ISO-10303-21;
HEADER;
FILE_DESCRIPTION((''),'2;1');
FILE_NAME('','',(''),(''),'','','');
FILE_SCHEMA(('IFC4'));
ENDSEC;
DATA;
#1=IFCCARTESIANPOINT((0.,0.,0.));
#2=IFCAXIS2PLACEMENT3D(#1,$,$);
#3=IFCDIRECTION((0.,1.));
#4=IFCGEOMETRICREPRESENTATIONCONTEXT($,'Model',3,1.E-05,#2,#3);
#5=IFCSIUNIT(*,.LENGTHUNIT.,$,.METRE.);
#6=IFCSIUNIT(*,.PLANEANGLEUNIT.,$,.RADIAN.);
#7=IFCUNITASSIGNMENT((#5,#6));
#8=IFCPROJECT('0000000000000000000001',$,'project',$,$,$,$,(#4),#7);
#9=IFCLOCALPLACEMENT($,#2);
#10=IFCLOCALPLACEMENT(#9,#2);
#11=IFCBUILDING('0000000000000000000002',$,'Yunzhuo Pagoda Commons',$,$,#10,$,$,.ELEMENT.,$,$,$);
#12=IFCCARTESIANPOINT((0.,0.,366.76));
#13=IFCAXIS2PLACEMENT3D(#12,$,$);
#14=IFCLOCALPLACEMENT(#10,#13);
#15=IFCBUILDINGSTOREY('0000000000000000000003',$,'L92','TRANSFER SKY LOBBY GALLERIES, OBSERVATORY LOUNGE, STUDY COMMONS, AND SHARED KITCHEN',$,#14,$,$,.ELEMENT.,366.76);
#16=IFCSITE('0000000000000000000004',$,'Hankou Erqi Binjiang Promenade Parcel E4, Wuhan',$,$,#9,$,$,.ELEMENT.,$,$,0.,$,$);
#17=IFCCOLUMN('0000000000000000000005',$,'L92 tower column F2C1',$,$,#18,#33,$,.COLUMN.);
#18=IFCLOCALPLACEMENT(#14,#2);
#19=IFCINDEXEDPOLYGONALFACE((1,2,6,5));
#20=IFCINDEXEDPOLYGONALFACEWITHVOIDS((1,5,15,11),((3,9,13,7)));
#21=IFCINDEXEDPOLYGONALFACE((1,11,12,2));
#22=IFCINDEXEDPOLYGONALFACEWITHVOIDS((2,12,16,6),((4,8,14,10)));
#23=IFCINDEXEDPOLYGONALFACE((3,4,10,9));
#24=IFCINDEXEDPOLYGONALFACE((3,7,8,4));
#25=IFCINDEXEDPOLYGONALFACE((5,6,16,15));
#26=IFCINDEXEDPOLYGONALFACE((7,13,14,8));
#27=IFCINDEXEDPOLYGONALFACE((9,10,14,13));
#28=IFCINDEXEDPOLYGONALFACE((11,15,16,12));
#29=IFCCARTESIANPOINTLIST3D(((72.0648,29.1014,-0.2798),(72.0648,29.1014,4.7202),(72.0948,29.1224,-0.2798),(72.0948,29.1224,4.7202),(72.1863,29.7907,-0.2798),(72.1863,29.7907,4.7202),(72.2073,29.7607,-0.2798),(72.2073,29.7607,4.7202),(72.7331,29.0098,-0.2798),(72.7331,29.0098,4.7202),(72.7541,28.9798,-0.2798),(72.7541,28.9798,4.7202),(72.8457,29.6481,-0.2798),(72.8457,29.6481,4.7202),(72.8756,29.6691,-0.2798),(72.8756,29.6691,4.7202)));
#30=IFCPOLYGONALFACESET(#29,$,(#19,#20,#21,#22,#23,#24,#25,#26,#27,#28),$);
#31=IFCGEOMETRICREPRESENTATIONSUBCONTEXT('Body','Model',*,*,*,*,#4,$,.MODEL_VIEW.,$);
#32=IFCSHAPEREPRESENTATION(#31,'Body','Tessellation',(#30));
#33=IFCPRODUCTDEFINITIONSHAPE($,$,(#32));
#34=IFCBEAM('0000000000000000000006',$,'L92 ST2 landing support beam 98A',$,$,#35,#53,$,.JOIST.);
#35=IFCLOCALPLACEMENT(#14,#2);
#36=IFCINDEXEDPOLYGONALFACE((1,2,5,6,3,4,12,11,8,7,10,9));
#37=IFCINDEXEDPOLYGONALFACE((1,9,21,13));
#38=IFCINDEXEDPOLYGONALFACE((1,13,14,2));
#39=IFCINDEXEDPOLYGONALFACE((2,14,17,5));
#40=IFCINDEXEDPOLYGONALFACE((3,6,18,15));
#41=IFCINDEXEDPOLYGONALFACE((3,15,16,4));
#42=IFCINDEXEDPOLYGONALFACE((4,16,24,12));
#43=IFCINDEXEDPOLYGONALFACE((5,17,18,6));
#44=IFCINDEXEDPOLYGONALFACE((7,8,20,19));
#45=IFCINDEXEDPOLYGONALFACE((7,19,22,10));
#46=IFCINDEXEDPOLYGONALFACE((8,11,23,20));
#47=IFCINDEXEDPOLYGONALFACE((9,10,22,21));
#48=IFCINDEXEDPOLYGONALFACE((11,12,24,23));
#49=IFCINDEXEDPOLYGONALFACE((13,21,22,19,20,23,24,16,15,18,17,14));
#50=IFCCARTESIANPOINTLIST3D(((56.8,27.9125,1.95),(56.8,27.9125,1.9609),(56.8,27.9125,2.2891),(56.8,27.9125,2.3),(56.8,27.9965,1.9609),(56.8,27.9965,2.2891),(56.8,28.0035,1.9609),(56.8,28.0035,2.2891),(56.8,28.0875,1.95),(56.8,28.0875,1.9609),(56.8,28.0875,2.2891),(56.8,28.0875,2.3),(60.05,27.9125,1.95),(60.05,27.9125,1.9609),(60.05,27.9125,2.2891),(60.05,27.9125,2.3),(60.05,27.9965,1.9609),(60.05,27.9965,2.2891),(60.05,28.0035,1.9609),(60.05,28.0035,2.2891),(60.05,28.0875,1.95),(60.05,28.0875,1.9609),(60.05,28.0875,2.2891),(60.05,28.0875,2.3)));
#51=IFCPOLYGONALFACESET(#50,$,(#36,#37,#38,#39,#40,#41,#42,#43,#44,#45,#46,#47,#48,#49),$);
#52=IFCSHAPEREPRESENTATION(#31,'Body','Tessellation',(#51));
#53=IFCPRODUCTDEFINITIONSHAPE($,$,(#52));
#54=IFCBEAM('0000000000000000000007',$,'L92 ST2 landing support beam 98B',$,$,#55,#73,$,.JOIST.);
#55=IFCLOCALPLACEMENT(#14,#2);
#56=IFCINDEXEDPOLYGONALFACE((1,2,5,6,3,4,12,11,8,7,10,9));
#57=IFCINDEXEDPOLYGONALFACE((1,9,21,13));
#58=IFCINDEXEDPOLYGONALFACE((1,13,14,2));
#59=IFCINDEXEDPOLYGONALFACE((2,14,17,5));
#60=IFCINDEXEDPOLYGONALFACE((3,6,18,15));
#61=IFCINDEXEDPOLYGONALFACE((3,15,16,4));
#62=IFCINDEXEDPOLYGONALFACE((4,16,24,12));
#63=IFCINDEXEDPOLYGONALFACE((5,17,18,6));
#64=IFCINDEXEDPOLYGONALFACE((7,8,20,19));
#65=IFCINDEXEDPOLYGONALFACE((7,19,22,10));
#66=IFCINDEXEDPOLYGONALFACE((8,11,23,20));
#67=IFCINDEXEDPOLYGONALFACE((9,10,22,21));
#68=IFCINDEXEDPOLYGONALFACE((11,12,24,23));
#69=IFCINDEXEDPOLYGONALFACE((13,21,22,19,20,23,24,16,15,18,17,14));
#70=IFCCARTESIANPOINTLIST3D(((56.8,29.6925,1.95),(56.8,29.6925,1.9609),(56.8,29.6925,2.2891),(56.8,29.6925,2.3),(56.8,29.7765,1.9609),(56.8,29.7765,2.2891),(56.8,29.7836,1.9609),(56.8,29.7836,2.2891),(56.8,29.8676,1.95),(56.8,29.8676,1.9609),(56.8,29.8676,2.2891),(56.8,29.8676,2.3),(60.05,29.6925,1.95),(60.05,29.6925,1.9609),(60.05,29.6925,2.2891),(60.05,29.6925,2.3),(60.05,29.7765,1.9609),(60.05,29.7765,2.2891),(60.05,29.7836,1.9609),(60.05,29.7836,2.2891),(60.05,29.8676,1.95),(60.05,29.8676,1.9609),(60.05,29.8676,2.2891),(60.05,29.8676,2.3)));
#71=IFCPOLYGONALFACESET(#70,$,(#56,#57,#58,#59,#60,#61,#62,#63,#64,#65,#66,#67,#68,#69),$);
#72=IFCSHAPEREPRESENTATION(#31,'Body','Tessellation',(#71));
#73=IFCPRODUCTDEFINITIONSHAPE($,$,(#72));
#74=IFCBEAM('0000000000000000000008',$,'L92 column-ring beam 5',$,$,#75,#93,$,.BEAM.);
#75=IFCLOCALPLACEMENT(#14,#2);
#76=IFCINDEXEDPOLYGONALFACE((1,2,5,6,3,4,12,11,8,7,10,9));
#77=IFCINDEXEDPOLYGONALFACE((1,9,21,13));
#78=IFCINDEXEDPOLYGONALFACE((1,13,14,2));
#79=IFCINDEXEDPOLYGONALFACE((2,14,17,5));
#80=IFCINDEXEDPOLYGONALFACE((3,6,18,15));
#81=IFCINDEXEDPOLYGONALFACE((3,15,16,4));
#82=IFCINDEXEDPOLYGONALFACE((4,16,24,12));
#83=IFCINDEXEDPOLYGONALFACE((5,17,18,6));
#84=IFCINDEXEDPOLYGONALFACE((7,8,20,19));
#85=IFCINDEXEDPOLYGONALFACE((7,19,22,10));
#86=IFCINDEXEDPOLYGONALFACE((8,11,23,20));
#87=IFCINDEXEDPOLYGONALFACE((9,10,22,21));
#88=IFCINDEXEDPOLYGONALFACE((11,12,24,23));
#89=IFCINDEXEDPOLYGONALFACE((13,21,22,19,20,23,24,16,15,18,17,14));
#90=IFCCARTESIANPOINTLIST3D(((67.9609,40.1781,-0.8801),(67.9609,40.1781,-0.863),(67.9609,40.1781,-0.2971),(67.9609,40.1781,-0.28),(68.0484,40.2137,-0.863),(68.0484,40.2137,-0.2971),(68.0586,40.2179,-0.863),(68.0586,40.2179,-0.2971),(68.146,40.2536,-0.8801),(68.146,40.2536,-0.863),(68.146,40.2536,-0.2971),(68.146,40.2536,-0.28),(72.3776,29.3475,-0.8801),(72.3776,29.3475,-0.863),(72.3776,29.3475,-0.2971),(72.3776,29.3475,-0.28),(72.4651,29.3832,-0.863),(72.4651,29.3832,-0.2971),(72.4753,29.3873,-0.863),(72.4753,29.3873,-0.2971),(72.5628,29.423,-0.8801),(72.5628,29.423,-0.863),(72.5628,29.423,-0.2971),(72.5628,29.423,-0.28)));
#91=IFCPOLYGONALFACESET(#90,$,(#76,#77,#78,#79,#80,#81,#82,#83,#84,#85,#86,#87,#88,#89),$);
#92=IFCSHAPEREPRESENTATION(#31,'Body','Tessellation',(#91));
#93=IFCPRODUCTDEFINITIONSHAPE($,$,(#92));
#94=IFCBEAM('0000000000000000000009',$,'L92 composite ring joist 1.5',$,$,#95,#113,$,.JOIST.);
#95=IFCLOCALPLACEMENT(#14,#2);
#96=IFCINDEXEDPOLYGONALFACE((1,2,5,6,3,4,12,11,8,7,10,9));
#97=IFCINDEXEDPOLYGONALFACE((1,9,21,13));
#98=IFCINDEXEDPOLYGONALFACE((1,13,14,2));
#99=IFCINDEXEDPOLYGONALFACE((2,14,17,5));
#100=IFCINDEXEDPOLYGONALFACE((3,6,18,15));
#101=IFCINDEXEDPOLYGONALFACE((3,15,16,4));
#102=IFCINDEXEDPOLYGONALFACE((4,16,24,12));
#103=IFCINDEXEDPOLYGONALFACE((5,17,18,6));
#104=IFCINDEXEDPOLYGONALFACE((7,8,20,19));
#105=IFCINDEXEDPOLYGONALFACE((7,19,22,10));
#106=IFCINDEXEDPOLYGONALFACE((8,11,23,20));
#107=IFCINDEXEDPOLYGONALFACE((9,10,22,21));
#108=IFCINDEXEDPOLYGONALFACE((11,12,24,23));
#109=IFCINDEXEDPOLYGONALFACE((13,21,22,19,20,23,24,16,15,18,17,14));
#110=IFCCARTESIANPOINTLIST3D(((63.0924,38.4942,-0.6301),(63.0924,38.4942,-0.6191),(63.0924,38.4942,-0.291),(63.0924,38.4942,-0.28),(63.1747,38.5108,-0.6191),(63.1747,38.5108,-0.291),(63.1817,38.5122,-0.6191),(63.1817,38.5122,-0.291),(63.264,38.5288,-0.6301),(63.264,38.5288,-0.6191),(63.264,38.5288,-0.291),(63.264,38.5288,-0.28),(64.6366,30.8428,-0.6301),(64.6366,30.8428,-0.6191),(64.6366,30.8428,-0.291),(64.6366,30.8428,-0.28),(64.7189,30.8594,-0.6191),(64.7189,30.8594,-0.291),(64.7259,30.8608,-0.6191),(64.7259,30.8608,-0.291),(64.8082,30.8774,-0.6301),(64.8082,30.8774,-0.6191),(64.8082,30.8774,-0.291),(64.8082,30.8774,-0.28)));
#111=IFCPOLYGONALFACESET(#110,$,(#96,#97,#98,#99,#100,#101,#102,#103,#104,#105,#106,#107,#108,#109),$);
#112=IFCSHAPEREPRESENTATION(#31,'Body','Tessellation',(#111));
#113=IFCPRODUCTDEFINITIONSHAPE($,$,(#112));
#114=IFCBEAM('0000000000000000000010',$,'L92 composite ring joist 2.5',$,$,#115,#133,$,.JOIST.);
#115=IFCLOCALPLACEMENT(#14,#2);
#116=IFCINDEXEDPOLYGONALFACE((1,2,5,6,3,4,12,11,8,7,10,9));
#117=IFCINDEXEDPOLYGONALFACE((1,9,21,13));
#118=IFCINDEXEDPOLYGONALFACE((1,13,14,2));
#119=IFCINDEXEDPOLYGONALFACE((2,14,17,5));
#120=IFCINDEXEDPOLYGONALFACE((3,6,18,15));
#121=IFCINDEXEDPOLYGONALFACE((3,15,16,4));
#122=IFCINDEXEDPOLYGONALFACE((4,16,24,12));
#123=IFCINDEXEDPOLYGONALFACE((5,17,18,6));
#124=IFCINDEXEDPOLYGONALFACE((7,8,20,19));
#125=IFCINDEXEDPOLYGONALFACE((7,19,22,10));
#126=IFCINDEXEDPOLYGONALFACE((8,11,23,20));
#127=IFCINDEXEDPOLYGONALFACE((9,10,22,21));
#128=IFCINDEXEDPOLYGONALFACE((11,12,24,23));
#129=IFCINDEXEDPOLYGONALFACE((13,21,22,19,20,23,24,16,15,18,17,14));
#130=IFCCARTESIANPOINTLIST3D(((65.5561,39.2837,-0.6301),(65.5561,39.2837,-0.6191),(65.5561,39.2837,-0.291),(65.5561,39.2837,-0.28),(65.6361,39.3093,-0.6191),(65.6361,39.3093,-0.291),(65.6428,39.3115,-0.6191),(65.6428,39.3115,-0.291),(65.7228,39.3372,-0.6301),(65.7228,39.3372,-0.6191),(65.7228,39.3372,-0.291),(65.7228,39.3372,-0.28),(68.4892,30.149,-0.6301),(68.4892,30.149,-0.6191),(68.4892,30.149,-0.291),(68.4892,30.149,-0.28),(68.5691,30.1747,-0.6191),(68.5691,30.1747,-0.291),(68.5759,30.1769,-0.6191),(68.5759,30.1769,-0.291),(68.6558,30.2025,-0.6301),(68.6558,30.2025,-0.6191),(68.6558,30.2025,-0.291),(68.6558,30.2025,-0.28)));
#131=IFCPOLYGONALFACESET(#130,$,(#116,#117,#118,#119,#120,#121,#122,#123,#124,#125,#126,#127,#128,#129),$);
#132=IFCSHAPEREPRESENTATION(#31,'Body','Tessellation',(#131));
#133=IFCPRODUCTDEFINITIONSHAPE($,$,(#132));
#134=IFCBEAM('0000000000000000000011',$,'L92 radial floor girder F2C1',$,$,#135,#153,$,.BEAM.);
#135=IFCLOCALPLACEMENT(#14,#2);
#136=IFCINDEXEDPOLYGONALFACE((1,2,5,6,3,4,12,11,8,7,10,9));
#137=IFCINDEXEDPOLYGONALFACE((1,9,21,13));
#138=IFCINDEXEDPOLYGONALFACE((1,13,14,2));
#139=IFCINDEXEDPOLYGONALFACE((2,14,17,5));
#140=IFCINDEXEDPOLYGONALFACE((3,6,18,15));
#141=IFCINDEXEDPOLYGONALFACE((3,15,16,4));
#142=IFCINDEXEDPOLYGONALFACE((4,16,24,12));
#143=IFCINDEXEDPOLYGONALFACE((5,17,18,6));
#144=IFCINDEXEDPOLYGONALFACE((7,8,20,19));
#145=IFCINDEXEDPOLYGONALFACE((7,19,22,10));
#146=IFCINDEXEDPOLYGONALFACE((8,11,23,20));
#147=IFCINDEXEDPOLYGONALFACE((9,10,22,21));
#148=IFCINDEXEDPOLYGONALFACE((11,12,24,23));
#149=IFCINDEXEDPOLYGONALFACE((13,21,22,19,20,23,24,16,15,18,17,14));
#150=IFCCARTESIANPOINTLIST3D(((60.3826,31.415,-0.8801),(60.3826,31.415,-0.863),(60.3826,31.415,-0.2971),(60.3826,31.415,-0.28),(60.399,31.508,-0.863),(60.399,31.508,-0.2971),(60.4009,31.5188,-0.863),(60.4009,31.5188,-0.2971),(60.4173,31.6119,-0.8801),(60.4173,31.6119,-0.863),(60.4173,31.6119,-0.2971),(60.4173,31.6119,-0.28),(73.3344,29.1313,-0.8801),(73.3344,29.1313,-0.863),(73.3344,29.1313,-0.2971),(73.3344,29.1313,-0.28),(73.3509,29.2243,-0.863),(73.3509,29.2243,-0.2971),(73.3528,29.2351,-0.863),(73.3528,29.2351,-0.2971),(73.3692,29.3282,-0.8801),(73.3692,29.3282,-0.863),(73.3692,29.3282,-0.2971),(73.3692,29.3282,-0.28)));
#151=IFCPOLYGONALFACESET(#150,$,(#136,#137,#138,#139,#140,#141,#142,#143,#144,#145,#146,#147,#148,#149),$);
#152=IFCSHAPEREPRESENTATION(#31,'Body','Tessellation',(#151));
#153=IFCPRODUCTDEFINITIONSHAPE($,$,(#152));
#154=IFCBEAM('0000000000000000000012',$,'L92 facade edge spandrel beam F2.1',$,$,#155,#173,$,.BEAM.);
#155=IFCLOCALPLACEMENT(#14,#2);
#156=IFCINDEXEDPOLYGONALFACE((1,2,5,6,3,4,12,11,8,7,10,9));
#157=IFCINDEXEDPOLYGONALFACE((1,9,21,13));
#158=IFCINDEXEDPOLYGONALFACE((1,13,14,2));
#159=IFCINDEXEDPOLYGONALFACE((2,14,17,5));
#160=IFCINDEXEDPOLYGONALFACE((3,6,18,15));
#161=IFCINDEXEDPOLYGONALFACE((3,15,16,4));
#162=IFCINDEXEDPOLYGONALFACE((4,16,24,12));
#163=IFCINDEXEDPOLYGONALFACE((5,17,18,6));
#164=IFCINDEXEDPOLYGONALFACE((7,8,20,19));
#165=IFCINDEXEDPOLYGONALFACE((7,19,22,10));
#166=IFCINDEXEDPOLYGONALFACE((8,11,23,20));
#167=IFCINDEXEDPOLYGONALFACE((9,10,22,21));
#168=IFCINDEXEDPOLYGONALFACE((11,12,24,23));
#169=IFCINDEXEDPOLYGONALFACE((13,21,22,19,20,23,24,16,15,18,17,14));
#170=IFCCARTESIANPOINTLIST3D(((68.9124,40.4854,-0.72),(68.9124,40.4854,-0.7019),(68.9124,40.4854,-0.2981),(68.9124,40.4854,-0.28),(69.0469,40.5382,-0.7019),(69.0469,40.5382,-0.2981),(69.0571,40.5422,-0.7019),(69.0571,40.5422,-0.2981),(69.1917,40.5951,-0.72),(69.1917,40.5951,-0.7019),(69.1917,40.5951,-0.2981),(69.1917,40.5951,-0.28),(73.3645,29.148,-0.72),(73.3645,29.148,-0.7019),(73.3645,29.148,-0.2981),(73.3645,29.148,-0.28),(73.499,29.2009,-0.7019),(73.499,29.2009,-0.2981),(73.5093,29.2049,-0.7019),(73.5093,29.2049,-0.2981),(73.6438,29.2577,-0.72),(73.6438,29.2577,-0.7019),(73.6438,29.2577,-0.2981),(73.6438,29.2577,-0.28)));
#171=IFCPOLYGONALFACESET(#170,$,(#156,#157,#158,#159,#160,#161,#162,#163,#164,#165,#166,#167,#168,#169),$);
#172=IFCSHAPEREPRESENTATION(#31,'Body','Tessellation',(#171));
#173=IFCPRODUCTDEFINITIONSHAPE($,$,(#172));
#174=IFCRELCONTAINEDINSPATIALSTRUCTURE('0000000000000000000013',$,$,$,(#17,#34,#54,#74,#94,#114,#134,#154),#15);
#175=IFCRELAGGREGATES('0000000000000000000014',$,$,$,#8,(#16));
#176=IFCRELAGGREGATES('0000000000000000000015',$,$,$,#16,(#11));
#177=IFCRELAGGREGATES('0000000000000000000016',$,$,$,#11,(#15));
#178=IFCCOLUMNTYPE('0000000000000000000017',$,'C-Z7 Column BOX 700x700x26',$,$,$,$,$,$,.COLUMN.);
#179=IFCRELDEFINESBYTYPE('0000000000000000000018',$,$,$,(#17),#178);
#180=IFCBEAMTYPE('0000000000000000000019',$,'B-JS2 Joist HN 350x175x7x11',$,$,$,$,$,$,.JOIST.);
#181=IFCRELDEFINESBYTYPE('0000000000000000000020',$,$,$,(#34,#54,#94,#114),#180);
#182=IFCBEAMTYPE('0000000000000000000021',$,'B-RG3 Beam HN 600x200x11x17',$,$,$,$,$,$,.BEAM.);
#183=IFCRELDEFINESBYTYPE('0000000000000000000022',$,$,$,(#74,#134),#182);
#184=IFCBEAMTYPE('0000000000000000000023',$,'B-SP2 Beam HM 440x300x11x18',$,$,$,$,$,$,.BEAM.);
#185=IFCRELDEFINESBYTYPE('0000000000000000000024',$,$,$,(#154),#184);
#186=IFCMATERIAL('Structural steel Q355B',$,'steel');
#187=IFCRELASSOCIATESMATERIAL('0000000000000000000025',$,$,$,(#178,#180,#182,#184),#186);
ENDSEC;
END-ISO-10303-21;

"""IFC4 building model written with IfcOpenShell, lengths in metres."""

from ifc_helpers import new_model, si_unit, direction, frame, origin, origin_2d, place, context, subcontext, project, spatial, hollow_rectangle, i_section, extrude, source, transform, mapped, material, material_profile, profile_set, type_object, element, save


model = new_model("IFC4")

# Units and contexts
model_context = context("Model", 3, precision=1e-05, world=origin(), true_north=direction((0.0, 1.0)))
body_context = subcontext(model_context, "Body", "Model", "MODEL_VIEW")
ifc_project = project(units=[si_unit("LENGTHUNIT", "METRE"), si_unit("PLANEANGLEUNIT", "RADIAN")], contexts=[model_context])

# Site, building, storey
site_placement = place(None, origin())
site = spatial("IfcSite", under=ifc_project, at=site_placement, Name="Hankou Erqi Binjiang Promenade Parcel E4, Wuhan", CompositionType="ELEMENT", RefElevation=0.0)
building_placement = place(site_placement, origin())
building = spatial("IfcBuilding", under=site, at=building_placement, Name="Yunzhuo Pagoda Commons", CompositionType="ELEMENT")
storey_placement = place(building_placement, frame((0.0, 0.0, 366.76)))
storey = spatial("IfcBuildingStorey", under=building, at=storey_placement, Name="L92", Description="TRANSFER SKY LOBBY GALLERIES, OBSERVATORY LOUNGE, STUDY COMMONS, AND SHARED KITCHEN", CompositionType="ELEMENT", Elevation=366.76)

# Column
ifc_material_1 = material(Name="Structural steel Q355B", Category="steel")
ifc_material_profile_1 = material_profile(ifc_material_1, hollow_rectangle(XDim=0.7, YDim=0.7, WallThickness=0.0259, at=origin_2d()), Name="Structural steel Q355B")
ifc_profile_set_1 = profile_set([ifc_material_profile_1], Name="Structural steel Q355B")
column_type = type_object("IfcColumnType", Name="C-Z7 Column BOX 700x700x26", PredefinedType="COLUMN", material=ifc_profile_set_1)
shared_shape_1 = source(origin(), body_context, "Body", "SweptSolid", [
    extrude(hollow_rectangle(XDim=0.7, YDim=0.7, WallThickness=0.0259, at=origin_2d()), origin(), (0.0, 0.0, 1.0), 5.0),
])
column_placement = place(storey_placement, frame((72.4702, 29.3853, -0.2798), z_axis=(0.0, 0.0, 1.0), x_axis=(0.173648, 0.984808, 0.0)))
element("IfcColumn", 1, at=column_placement, inside=storey, type_object=column_type, Name="L92 tower column F2C1", PredefinedType="COLUMN", context=body_context, shape_type="MappedRepresentation", body=[
    mapped(shared_shape_1, transform((0.0, 0.0, 0.0), scale=1.0)),
])

# Beams
ifc_material_profile_2 = material_profile(ifc_material_1, i_section(OverallWidth=0.175, OverallDepth=0.3501, WebThickness=0.0071, FlangeThickness=0.011, at=origin_2d()), Name="Structural steel Q355B")
ifc_profile_set_2 = profile_set([ifc_material_profile_2], Name="Structural steel Q355B")
beam_type_1 = type_object("IfcBeamType", Name="B-JS2 Joist HN 350x175x7x11", PredefinedType="JOIST", material=ifc_profile_set_2)
shared_shape_2 = source(origin(), body_context, "Body", "SweptSolid", [
    extrude(i_section(OverallWidth=0.175, OverallDepth=0.3501, WebThickness=0.0071, FlangeThickness=0.011, at=origin_2d()), origin(), (0.0, 0.0, 1.0), 3.25),
])
for number, where, z_axis, x_axis, name in (
    (2, (56.8, 28.0, 2.125), (1.0, 0.0, 0.0), (0.0, 1.0, 0.0), "L92 ST2 landing support beam 98A"),
    (3, (56.8, 29.78, 2.125), (1.0, 0.0, 0.0), (0.0, 1.0, 0.0), "L92 ST2 landing support beam 98B"),
):
    element("IfcBeam", number, at=place(storey_placement, frame(where, z_axis=z_axis, x_axis=x_axis)), inside=storey, type_object=beam_type_1, Name=name, PredefinedType="JOIST", context=body_context, shape_type="MappedRepresentation", body=[
        mapped(shared_shape_2, transform((0.0, 0.0, 0.0), scale=1.0)),
    ])
ifc_material_profile_3 = material_profile(ifc_material_1, i_section(OverallWidth=0.2, OverallDepth=0.6001, WebThickness=0.011, FlangeThickness=0.0171, at=origin_2d()), Name="Structural steel Q355B")
ifc_profile_set_3 = profile_set([ifc_material_profile_3], Name="Structural steel Q355B")
beam_type_2 = type_object("IfcBeamType", Name="B-RG3 Beam HN 600x200x11x17", PredefinedType="BEAM", material=ifc_profile_set_3)
shared_shape_3 = source(origin(), body_context, "Body", "SweptSolid", [
    extrude(i_section(OverallWidth=0.2, OverallDepth=0.6001, WebThickness=0.011, FlangeThickness=0.0171, at=origin_2d()), origin(), (0.0, 0.0, 1.0), 11.6965),
])
beam_1_placement = place(storey_placement, frame((72.4702, 29.3853, -0.5801), z_axis=(-0.377612, 0.925964, 0.0), x_axis=(-0.925964, -0.377612, 0.0)))
element("IfcBeam", 4, at=beam_1_placement, inside=storey, type_object=beam_type_2, Name="L92 column-ring beam 5", PredefinedType="BEAM", context=body_context, shape_type="MappedRepresentation", body=[
    mapped(shared_shape_3, transform((0.0, 0.0, 0.0), scale=1.0)),
])
shared_shape_4 = source(origin(), body_context, "Body", "SweptSolid", [
    extrude(i_section(OverallWidth=0.175, OverallDepth=0.3501, WebThickness=0.0071, FlangeThickness=0.011, at=origin_2d()), origin(), (0.0, 0.0, 1.0), 7.8057),
])
beam_2_placement = place(storey_placement, frame((64.7224, 30.8601, -0.4551), z_axis=(-0.19783, 0.980236, 0.0), x_axis=(-0.980236, -0.19783, 0.0)))
element("IfcBeam", 5, at=beam_2_placement, inside=storey, type_object=beam_type_1, Name="L92 composite ring joist 1.5", PredefinedType="JOIST", context=body_context, shape_type="MappedRepresentation", body=[
    mapped(shared_shape_4, transform((0.0, 0.0, 0.0), scale=1.0)),
])
shared_shape_5 = source(origin(), body_context, "Body", "SweptSolid", [
    extrude(i_section(OverallWidth=0.175, OverallDepth=0.3501, WebThickness=0.0071, FlangeThickness=0.011, at=origin_2d()), origin(), (0.0, 0.0, 1.0), 9.594),
])
beam_3_placement = place(storey_placement, frame((68.5725, 30.1758, -0.4551), z_axis=(-0.305719, 0.952122, 0.0), x_axis=(-0.952122, -0.305719, 0.0)))
element("IfcBeam", 6, at=beam_3_placement, inside=storey, type_object=beam_type_1, Name="L92 composite ring joist 2.5", PredefinedType="JOIST", context=body_context, shape_type="MappedRepresentation", body=[
    mapped(shared_shape_5, transform((0.0, 0.0, 0.0), scale=1.0)),
])
shared_shape_6 = source(origin(), body_context, "Body", "SweptSolid", [
    extrude(i_section(OverallWidth=0.2, OverallDepth=0.6001, WebThickness=0.011, FlangeThickness=0.0171, at=origin_2d()), origin(), (0.0, 0.0, 1.0), 13.1516),
])
beam_4_placement = place(storey_placement, frame((73.3518, 29.2297, -0.5801), z_axis=(-0.984809, 0.173642, 0.0), x_axis=(-0.173642, -0.984809, 0.0)))
element("IfcBeam", 7, at=beam_4_placement, inside=storey, type_object=beam_type_2, Name="L92 radial floor girder F2C1", PredefinedType="BEAM", context=body_context, shape_type="MappedRepresentation", body=[
    mapped(shared_shape_6, transform((0.0, 0.0, 0.0), scale=1.0)),
])
ifc_material_profile_4 = material_profile(ifc_material_1, i_section(OverallWidth=0.3, OverallDepth=0.4399, WebThickness=0.011, FlangeThickness=0.0181, at=origin_2d()), Name="Structural steel Q355B")
ifc_profile_set_4 = profile_set([ifc_material_profile_4], Name="Structural steel Q355B")
beam_type_3 = type_object("IfcBeamType", Name="B-SP2 Beam HM 440x300x11x18", PredefinedType="BEAM", material=ifc_profile_set_4)
shared_shape_7 = source(origin(), body_context, "Body", "SweptSolid", [
    extrude(i_section(OverallWidth=0.3, OverallDepth=0.4399, WebThickness=0.011, FlangeThickness=0.0181, at=origin_2d()), origin(), (0.0, 0.0, 1.0), 12.1802),
])
beam_5_placement = place(storey_placement, frame((73.5042, 29.2029, -0.5), z_axis=(-0.365522, 0.930803, 0.0), x_axis=(-0.930803, -0.365522, 0.0)))
element("IfcBeam", 8, at=beam_5_placement, inside=storey, type_object=beam_type_3, Name="L92 facade edge spandrel beam F2.1", PredefinedType="BEAM", context=body_context, shape_type="MappedRepresentation", body=[
    mapped(shared_shape_7, transform((0.0, 0.0, 0.0), scale=1.0)),
])

save(model, "model.ifc")
